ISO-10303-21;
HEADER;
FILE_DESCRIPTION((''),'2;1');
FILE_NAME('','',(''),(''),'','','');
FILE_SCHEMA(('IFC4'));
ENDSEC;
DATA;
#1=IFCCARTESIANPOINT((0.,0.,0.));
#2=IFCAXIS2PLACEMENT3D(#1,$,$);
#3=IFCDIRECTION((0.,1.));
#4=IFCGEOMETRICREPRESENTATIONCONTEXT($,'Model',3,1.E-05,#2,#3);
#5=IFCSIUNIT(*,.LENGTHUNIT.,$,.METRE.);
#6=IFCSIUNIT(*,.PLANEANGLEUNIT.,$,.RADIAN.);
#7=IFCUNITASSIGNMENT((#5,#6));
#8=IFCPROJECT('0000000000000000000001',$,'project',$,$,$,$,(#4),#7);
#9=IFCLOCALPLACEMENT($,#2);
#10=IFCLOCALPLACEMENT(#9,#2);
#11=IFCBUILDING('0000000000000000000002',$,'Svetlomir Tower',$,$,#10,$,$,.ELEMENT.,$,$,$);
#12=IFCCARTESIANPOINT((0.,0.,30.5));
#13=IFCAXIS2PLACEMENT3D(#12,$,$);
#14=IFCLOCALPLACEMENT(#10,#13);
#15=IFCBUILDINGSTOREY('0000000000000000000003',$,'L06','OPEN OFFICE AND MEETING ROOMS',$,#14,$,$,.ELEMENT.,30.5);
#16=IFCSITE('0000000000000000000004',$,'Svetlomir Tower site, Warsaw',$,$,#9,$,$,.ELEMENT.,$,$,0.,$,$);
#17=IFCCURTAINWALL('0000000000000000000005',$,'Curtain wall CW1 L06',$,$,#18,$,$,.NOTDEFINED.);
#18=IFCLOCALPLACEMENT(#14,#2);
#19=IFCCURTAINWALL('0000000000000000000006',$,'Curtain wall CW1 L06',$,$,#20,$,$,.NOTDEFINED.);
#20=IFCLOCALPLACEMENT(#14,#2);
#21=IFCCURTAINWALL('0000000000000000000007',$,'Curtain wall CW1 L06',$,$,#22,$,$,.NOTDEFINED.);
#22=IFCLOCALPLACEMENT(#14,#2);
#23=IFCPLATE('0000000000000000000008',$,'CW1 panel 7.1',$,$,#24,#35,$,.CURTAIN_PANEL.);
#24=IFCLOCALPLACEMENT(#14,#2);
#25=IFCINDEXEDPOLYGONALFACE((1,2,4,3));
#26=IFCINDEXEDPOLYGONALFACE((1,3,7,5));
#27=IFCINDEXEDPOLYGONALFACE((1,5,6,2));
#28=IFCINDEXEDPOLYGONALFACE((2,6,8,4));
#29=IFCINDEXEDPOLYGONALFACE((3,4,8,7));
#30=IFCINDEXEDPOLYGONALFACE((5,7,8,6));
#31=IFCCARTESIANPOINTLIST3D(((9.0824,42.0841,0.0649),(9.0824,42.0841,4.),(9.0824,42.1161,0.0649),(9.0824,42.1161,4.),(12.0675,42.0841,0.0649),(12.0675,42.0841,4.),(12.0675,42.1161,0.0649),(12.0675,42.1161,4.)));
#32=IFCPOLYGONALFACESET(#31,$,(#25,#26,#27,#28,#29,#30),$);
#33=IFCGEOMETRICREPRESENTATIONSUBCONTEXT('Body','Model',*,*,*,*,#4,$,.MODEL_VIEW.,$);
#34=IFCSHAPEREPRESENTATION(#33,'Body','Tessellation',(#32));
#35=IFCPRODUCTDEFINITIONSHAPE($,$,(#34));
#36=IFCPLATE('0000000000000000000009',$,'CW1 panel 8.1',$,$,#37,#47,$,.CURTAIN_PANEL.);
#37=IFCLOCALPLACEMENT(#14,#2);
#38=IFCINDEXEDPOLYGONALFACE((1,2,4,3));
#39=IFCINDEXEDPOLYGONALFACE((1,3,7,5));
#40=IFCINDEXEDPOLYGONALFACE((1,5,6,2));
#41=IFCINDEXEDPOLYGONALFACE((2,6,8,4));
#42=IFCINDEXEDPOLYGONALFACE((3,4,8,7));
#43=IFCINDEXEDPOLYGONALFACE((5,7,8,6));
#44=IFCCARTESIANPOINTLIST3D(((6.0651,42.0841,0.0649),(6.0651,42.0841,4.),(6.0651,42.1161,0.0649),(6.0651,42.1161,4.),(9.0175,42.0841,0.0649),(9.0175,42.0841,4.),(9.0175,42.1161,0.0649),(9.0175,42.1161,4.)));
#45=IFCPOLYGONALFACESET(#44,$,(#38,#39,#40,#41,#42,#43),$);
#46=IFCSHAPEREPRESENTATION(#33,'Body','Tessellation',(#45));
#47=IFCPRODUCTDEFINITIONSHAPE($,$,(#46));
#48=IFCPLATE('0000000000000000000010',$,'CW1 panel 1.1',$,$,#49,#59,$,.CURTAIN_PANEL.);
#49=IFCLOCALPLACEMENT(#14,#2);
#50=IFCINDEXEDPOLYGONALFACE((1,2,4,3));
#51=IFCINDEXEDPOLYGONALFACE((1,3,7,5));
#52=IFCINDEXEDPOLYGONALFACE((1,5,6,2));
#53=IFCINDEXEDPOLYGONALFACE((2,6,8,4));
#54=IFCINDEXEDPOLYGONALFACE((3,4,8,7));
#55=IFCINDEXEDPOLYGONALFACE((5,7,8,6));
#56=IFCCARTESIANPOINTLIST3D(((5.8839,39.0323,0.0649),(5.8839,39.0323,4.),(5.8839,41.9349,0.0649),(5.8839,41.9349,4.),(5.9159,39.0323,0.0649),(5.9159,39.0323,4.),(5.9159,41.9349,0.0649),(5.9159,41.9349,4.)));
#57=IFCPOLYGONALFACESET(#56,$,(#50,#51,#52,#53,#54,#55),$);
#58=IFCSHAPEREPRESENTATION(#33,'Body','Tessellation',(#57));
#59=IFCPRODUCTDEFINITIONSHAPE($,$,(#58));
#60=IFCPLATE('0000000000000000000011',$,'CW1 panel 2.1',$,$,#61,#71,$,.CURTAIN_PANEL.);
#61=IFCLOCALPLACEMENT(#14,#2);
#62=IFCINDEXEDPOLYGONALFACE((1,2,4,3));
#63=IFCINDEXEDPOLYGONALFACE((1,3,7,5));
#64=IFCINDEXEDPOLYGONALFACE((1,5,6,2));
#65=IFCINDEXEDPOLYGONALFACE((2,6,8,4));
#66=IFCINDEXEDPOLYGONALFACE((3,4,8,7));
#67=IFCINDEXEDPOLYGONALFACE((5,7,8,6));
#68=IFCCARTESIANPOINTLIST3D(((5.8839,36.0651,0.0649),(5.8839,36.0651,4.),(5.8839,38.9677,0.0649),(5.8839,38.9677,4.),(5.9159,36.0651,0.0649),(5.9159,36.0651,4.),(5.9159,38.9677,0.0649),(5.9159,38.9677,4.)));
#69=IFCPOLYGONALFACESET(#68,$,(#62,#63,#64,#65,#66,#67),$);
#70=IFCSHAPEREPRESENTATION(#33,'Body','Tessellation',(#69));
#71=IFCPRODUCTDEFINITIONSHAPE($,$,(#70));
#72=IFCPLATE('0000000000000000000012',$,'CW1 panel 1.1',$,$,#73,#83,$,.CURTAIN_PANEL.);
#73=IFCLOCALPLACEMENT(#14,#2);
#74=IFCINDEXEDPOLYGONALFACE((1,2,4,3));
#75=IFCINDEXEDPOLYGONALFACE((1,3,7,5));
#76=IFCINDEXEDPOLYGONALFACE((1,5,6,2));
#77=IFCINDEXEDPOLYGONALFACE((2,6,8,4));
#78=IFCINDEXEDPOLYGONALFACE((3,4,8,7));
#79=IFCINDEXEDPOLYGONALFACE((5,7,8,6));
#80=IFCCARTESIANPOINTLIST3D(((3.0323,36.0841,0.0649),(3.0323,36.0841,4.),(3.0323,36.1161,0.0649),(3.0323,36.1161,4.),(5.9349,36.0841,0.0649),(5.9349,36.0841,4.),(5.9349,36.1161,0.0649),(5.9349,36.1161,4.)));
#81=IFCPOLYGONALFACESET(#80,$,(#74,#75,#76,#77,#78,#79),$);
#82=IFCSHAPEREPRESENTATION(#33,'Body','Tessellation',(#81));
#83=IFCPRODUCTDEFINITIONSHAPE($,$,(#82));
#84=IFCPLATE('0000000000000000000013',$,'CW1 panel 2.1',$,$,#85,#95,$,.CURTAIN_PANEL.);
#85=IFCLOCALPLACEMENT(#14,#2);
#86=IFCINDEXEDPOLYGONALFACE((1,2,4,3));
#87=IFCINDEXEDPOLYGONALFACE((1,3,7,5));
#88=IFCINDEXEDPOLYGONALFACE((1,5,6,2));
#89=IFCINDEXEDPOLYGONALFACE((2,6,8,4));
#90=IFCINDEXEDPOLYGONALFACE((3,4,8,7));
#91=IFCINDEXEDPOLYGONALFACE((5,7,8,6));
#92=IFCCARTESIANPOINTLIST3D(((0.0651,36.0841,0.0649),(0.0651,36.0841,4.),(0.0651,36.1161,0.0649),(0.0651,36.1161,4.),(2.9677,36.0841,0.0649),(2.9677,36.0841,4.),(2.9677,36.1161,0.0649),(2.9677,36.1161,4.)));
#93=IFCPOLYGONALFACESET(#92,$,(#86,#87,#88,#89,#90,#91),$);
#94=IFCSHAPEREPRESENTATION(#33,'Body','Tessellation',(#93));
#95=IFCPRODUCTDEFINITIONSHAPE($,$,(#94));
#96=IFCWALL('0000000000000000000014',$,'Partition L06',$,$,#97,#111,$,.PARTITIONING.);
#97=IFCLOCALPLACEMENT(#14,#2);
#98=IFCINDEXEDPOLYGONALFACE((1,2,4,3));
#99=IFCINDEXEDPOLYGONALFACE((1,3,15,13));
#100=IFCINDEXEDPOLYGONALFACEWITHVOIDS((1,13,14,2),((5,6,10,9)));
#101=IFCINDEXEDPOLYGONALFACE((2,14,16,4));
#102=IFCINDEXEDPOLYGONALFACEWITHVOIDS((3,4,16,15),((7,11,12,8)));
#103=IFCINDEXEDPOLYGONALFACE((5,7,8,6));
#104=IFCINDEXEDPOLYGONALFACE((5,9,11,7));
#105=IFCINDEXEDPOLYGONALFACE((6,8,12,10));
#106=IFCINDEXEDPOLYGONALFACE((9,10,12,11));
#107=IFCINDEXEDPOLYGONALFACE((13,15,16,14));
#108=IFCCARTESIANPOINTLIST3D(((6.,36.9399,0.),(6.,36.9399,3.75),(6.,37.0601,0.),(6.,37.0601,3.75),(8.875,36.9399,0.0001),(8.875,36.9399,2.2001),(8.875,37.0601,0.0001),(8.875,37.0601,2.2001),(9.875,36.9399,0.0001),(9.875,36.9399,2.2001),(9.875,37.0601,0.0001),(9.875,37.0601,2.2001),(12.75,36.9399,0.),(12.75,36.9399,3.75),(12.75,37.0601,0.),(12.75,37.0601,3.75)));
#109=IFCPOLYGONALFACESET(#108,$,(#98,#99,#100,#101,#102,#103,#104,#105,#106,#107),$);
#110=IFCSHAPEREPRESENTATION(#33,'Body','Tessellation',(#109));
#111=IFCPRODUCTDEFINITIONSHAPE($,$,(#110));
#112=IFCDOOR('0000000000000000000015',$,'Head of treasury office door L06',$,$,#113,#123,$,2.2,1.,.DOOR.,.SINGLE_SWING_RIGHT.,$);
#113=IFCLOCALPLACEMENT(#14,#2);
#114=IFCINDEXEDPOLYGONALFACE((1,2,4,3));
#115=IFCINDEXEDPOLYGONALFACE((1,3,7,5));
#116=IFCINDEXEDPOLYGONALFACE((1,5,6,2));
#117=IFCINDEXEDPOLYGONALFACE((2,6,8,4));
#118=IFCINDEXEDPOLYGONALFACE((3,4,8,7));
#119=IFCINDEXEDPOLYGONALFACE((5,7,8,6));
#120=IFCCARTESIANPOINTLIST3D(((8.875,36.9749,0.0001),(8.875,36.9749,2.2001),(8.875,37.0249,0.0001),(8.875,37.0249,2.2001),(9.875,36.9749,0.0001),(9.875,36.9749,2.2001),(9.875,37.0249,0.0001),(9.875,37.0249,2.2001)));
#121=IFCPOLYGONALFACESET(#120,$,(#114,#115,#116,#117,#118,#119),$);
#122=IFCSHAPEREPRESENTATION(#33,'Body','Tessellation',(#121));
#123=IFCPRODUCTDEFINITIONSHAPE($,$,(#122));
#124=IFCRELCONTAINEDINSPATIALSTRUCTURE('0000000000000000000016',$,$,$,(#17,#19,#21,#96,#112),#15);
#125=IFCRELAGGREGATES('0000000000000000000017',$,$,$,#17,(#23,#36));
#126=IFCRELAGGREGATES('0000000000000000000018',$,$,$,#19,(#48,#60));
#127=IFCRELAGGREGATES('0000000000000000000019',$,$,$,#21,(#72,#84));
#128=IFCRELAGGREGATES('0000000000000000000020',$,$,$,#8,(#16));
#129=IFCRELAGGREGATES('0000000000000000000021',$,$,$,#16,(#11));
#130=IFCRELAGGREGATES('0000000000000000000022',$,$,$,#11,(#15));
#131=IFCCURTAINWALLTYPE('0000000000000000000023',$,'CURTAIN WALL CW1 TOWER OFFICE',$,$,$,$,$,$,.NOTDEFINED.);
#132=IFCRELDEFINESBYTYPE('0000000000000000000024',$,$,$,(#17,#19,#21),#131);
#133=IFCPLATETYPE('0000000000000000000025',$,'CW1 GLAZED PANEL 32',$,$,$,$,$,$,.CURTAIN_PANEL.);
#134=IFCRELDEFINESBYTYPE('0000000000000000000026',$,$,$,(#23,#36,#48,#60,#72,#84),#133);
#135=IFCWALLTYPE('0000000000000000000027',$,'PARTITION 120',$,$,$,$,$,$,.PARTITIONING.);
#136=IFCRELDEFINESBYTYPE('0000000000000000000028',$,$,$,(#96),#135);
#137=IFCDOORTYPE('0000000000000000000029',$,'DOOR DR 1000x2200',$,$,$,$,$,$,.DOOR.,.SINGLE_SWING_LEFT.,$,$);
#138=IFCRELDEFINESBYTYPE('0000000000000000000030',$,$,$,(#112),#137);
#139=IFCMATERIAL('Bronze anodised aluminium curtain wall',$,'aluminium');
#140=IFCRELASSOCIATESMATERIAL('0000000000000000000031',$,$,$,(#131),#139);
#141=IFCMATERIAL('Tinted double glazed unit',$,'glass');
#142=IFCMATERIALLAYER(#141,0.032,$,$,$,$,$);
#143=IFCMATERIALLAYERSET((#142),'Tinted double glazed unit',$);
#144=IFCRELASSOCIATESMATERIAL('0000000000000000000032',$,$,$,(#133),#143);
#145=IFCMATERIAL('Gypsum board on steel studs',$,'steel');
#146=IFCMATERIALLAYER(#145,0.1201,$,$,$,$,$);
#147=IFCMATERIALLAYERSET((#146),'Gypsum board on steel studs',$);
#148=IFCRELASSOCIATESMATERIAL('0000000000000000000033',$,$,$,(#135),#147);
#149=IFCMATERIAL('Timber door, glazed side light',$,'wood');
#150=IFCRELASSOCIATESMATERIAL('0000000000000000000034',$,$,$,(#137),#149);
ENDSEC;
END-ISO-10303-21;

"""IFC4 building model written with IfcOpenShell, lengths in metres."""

from ifc_helpers import new_model, si_unit, direction, frame, frame_2d, origin, origin_2d, place, context, subcontext, project, spatial, rectangle, extrude, material, layer, layer_set, type_object, element, fill, aggregate, save


model = new_model("IFC4")

# Units and contexts
model_context = context("Model", 3, precision=1e-05, world=origin(), true_north=direction((0.0, 1.0)))
body_context = subcontext(model_context, "Body", "Model", "MODEL_VIEW")
ifc_project = project(units=[si_unit("LENGTHUNIT", "METRE"), si_unit("PLANEANGLEUNIT", "RADIAN")], contexts=[model_context])

# Site, building, storey
site_placement = place(None, origin())
site = spatial("IfcSite", under=ifc_project, at=site_placement, Name="Svetlomir Tower site, Warsaw", CompositionType="ELEMENT", RefElevation=0.0)
building_placement = place(site_placement, origin())
building = spatial("IfcBuilding", under=site, at=building_placement, Name="Svetlomir Tower", CompositionType="ELEMENT")
storey_placement = place(building_placement, frame((0.0, 0.0, 30.5)))
storey = spatial("IfcBuildingStorey", under=building, at=storey_placement, Name="L06", Description="OPEN OFFICE AND MEETING ROOMS", CompositionType="ELEMENT", Elevation=30.5)

# Curtain walls
ifc_material_1 = material(Name="Bronze anodised aluminium curtain wall", Category="aluminium")
curtain_wall_type = type_object("IfcCurtainWallType", Name="CURTAIN WALL CW1 TOWER OFFICE", PredefinedType="NOTDEFINED", material=ifc_material_1)
curtain_wall_1_placement = place(storey_placement, origin())
curtain_wall_1 = element("IfcCurtainWall", 1, at=curtain_wall_1_placement, inside=storey, type_object=curtain_wall_type, Name="Curtain wall CW1 L06", PredefinedType="NOTDEFINED")
curtain_wall_2_placement = place(storey_placement, origin())
curtain_wall_2 = element("IfcCurtainWall", 2, at=curtain_wall_2_placement, inside=storey, type_object=curtain_wall_type, Name="Curtain wall CW1 L06", PredefinedType="NOTDEFINED")
curtain_wall_3_placement = place(storey_placement, origin())
curtain_wall_3 = element("IfcCurtainWall", 3, at=curtain_wall_3_placement, inside=storey, type_object=curtain_wall_type, Name="Curtain wall CW1 L06", PredefinedType="NOTDEFINED")

# Plates
ifc_material_2 = material(Name="Tinted double glazed unit", Category="glass")
ifc_layer_1 = layer(ifc_material_2, 0.032)
ifc_layer_set_1 = layer_set([ifc_layer_1], Name="Tinted double glazed unit")
plate_type = type_object("IfcPlateType", Name="CW1 GLAZED PANEL 32", PredefinedType="CURTAIN_PANEL", material=ifc_layer_set_1)
plate_1_placement = place(storey_placement, frame((10.575, 42.1001, 0.0649), z_axis=(0.0, 0.0, 1.0), x_axis=(-1.0, 0.0, 0.0)))
plate_1 = element("IfcPlate", 4, at=plate_1_placement, type_object=plate_type, Name="CW1 panel 7.1", PredefinedType="CURTAIN_PANEL", context=body_context, shape_type="SweptSolid", body=[
    extrude(rectangle(XDim=2.9851, YDim=0.032, at=origin_2d()), origin(), (0.0, 0.0, 1.0), 3.9351),
])
plate_2_placement = place(storey_placement, frame((7.5413, 42.1001, 0.0649), z_axis=(0.0, 0.0, 1.0), x_axis=(-1.0, 0.0, 0.0)))
plate_2 = element("IfcPlate", 5, at=plate_2_placement, type_object=plate_type, Name="CW1 panel 8.1", PredefinedType="CURTAIN_PANEL", context=body_context, shape_type="SweptSolid", body=[
    extrude(rectangle(XDim=2.9524, YDim=0.032, at=origin_2d()), origin(), (0.0, 0.0, 1.0), 3.9351),
])
aggregate(curtain_wall_1, [plate_1, plate_2])
plate_3_placement = place(storey_placement, frame((5.8999, 40.4836, 0.0649), z_axis=(0.0, 0.0, 1.0), x_axis=(0.0, -1.0, 0.0)))
plate_3 = element("IfcPlate", 6, at=plate_3_placement, type_object=plate_type, Name="CW1 panel 1.1", PredefinedType="CURTAIN_PANEL", context=body_context, shape_type="SweptSolid", body=[
    extrude(rectangle(XDim=2.9026, YDim=0.032, at=origin_2d()), origin(), (0.0, 0.0, 1.0), 3.9351),
])
plate_4_placement = place(storey_placement, frame((5.8999, 37.5164, 0.0649), z_axis=(0.0, 0.0, 1.0), x_axis=(0.0, -1.0, 0.0)))
plate_4 = element("IfcPlate", 7, at=plate_4_placement, type_object=plate_type, Name="CW1 panel 2.1", PredefinedType="CURTAIN_PANEL", context=body_context, shape_type="SweptSolid", body=[
    extrude(rectangle(XDim=2.9026, YDim=0.032, at=origin_2d()), origin(), (0.0, 0.0, 1.0), 3.9351),
])
aggregate(curtain_wall_2, [plate_3, plate_4])
plate_5_placement = place(storey_placement, frame((4.4836, 36.1001, 0.0649), z_axis=(0.0, 0.0, 1.0), x_axis=(-1.0, 0.0, 0.0)))
plate_5 = element("IfcPlate", 8, at=plate_5_placement, type_object=plate_type, Name="CW1 panel 1.1", PredefinedType="CURTAIN_PANEL", context=body_context, shape_type="SweptSolid", body=[
    extrude(rectangle(XDim=2.9026, YDim=0.032, at=origin_2d()), origin(), (0.0, 0.0, 1.0), 3.9351),
])
plate_6_placement = place(storey_placement, frame((1.5164, 36.1001, 0.0649), z_axis=(0.0, 0.0, 1.0), x_axis=(-1.0, 0.0, 0.0)))
plate_6 = element("IfcPlate", 9, at=plate_6_placement, type_object=plate_type, Name="CW1 panel 2.1", PredefinedType="CURTAIN_PANEL", context=body_context, shape_type="SweptSolid", body=[
    extrude(rectangle(XDim=2.9026, YDim=0.032, at=origin_2d()), origin(), (0.0, 0.0, 1.0), 3.9351),
])
aggregate(curtain_wall_3, [plate_5, plate_6])

# Wall, opening, door
ifc_material_3 = material(Name="Gypsum board on steel studs", Category="steel")
ifc_layer_2 = layer(ifc_material_3, 0.1201)
ifc_layer_set_2 = layer_set([ifc_layer_2], Name="Gypsum board on steel studs")
wall_type = type_object("IfcWallType", Name="PARTITION 120", PredefinedType="PARTITIONING", material=ifc_layer_set_2)
wall_placement = place(storey_placement, frame((6.0, 37.0, 0.0), z_axis=(0.0, 0.0, 1.0), x_axis=(1.0, 0.0, 0.0)))
wall = element("IfcWall", 10, at=wall_placement, inside=storey, type_object=wall_type, Name="Partition L06", PredefinedType="PARTITIONING", context=body_context, shape_type="SweptSolid", body=[
    extrude(rectangle(XDim=6.75, YDim=0.1201, at=frame_2d((3.375, 0.0))), origin(), (0.0, 0.0, 1.0), 3.75),
])
opening_placement = place(wall_placement, frame((2.875, 0.0, 0.0)))
opening = element("IfcOpeningElement", 11, at=opening_placement, cuts=wall, PredefinedType="OPENING", context=body_context, shape_type="SweptSolid", body=[
    extrude(rectangle(XDim=1.0, YDim=2.2, at=frame_2d((0.5, 1.1001))), frame((0.0, 0.0701, 0.0), z_axis=(0.0, -1.0, 0.0), x_axis=(1.0, 0.0, 0.0)), (0.0, 0.0, 1.0), 0.1401),
])
ifc_material_4 = material(Name="Timber door, glazed side light", Category="wood")
door_type = type_object("IfcDoorType", Name="DOOR DR 1000x2200", OperationType="SINGLE_SWING_LEFT", PredefinedType="DOOR", material=ifc_material_4)
door_placement = place(opening_placement, origin())
door = element("IfcDoor", 12, at=door_placement, inside=storey, type_object=door_type, Name="Head of treasury office door L06", OperationType="SINGLE_SWING_RIGHT", OverallHeight=2.2, OverallWidth=1.0, PredefinedType="DOOR", context=body_context, shape_type="SweptSolid", body=[
    extrude(rectangle(XDim=1.0, YDim=2.2, at=frame_2d((0.5, 1.1001))), frame((0.0, 0.0249, 0.0), z_axis=(0.0, -1.0, 0.0), x_axis=(1.0, 0.0, 0.0)), (0.0, 0.0, 1.0), 0.05),
])
fill(opening, door)

save(model, "model.ifc")
